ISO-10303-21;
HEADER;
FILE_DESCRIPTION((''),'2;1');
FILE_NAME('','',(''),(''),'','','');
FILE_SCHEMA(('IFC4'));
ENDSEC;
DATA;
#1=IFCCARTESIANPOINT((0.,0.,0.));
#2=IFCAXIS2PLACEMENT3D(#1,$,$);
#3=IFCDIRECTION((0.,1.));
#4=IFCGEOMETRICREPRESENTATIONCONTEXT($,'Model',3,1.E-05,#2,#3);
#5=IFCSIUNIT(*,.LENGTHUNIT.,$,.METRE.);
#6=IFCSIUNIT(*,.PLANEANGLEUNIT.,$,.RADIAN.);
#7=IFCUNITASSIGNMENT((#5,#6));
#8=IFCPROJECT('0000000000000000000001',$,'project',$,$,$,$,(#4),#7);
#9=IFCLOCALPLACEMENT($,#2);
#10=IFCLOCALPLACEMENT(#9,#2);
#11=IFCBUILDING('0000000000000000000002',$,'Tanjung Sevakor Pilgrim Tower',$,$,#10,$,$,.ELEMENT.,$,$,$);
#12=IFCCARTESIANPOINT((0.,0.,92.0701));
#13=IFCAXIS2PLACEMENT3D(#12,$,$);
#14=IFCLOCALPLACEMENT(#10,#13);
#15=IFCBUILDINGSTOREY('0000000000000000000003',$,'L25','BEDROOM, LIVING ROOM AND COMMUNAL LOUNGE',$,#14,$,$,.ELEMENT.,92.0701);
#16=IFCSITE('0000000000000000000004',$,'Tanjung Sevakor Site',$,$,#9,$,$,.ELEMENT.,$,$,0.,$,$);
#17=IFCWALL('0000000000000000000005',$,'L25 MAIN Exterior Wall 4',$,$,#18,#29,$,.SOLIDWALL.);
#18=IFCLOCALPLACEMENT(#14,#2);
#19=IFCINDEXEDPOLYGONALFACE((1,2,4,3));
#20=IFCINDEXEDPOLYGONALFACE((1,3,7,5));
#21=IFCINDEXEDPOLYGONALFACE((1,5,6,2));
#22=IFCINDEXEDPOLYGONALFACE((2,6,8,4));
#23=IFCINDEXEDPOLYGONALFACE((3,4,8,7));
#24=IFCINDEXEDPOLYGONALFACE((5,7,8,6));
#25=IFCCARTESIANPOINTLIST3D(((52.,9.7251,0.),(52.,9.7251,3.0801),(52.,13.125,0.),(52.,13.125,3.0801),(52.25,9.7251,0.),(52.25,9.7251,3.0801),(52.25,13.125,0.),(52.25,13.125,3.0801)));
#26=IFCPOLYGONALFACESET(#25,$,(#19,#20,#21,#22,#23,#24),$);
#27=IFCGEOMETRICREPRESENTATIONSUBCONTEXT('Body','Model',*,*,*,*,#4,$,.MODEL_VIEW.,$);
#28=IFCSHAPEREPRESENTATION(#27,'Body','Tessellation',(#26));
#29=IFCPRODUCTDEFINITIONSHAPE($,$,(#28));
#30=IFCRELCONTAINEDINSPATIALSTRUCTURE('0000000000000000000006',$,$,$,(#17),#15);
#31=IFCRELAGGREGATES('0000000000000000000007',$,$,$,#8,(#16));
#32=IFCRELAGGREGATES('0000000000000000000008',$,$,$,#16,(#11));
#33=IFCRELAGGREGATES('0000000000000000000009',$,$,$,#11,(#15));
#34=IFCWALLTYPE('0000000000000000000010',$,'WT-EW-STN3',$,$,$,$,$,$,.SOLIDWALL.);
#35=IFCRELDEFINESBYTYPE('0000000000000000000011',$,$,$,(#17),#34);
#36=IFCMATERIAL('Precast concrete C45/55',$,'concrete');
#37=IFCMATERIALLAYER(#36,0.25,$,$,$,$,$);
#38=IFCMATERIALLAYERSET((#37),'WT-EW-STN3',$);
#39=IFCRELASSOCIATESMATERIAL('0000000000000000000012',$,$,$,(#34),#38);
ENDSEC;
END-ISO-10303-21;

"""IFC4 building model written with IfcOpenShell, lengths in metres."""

from ifc_helpers import new_model, si_unit, direction, frame, frame_2d, origin, place, context, subcontext, project, spatial, rectangle, extrude, material, layer, layer_set, type_object, element, save


model = new_model("IFC4")

# Units and contexts
model_context = context("Model", 3, precision=1e-05, world=origin(), true_north=direction((0.0, 1.0)))
body_context = subcontext(model_context, "Body", "Model", "MODEL_VIEW")
ifc_project = project(units=[si_unit("LENGTHUNIT", "METRE"), si_unit("PLANEANGLEUNIT", "RADIAN")], contexts=[model_context])

# Site, building, storey
site_placement = place(None, origin())
site = spatial("IfcSite", under=ifc_project, at=site_placement, Name="Tanjung Sevakor Site", CompositionType="ELEMENT", RefElevation=0.0)
building_placement = place(site_placement, origin())
building = spatial("IfcBuilding", under=site, at=building_placement, Name="Tanjung Sevakor Pilgrim Tower", CompositionType="ELEMENT")
storey_placement = place(building_placement, frame((0.0, 0.0, 92.0701)))
storey = spatial("IfcBuildingStorey", under=building, at=storey_placement, Name="L25", Description="BEDROOM, LIVING ROOM AND COMMUNAL LOUNGE", CompositionType="ELEMENT", Elevation=92.0701)

# Wall
ifc_material_1 = material(Name="Precast concrete C45/55", Category="concrete")
ifc_layer_1 = layer(ifc_material_1, 0.25)
ifc_layer_set_1 = layer_set([ifc_layer_1], Name="WT-EW-STN3")
wall_type_1 = type_object("IfcWallType", Name="WT-EW-STN3", PredefinedType="SOLIDWALL", material=ifc_layer_set_1)
wall_1_placement = place(storey_placement, frame((52.125, 13.125, 0.0), z_axis=(0.0, 0.0, 1.0), x_axis=(0.0, -1.0, 0.0)))
element("IfcWall", 1, at=wall_1_placement, inside=storey, type_object=wall_type_1, Name="L25 MAIN Exterior Wall 4", PredefinedType="SOLIDWALL", context=body_context, shape_type="SweptSolid", body=[
    extrude(rectangle(XDim=3.3999, YDim=0.25, at=frame_2d((1.7, 0.0))), origin(), (0.0, 0.0, 1.0), 3.0801),
])

save(model, "model.ifc")
